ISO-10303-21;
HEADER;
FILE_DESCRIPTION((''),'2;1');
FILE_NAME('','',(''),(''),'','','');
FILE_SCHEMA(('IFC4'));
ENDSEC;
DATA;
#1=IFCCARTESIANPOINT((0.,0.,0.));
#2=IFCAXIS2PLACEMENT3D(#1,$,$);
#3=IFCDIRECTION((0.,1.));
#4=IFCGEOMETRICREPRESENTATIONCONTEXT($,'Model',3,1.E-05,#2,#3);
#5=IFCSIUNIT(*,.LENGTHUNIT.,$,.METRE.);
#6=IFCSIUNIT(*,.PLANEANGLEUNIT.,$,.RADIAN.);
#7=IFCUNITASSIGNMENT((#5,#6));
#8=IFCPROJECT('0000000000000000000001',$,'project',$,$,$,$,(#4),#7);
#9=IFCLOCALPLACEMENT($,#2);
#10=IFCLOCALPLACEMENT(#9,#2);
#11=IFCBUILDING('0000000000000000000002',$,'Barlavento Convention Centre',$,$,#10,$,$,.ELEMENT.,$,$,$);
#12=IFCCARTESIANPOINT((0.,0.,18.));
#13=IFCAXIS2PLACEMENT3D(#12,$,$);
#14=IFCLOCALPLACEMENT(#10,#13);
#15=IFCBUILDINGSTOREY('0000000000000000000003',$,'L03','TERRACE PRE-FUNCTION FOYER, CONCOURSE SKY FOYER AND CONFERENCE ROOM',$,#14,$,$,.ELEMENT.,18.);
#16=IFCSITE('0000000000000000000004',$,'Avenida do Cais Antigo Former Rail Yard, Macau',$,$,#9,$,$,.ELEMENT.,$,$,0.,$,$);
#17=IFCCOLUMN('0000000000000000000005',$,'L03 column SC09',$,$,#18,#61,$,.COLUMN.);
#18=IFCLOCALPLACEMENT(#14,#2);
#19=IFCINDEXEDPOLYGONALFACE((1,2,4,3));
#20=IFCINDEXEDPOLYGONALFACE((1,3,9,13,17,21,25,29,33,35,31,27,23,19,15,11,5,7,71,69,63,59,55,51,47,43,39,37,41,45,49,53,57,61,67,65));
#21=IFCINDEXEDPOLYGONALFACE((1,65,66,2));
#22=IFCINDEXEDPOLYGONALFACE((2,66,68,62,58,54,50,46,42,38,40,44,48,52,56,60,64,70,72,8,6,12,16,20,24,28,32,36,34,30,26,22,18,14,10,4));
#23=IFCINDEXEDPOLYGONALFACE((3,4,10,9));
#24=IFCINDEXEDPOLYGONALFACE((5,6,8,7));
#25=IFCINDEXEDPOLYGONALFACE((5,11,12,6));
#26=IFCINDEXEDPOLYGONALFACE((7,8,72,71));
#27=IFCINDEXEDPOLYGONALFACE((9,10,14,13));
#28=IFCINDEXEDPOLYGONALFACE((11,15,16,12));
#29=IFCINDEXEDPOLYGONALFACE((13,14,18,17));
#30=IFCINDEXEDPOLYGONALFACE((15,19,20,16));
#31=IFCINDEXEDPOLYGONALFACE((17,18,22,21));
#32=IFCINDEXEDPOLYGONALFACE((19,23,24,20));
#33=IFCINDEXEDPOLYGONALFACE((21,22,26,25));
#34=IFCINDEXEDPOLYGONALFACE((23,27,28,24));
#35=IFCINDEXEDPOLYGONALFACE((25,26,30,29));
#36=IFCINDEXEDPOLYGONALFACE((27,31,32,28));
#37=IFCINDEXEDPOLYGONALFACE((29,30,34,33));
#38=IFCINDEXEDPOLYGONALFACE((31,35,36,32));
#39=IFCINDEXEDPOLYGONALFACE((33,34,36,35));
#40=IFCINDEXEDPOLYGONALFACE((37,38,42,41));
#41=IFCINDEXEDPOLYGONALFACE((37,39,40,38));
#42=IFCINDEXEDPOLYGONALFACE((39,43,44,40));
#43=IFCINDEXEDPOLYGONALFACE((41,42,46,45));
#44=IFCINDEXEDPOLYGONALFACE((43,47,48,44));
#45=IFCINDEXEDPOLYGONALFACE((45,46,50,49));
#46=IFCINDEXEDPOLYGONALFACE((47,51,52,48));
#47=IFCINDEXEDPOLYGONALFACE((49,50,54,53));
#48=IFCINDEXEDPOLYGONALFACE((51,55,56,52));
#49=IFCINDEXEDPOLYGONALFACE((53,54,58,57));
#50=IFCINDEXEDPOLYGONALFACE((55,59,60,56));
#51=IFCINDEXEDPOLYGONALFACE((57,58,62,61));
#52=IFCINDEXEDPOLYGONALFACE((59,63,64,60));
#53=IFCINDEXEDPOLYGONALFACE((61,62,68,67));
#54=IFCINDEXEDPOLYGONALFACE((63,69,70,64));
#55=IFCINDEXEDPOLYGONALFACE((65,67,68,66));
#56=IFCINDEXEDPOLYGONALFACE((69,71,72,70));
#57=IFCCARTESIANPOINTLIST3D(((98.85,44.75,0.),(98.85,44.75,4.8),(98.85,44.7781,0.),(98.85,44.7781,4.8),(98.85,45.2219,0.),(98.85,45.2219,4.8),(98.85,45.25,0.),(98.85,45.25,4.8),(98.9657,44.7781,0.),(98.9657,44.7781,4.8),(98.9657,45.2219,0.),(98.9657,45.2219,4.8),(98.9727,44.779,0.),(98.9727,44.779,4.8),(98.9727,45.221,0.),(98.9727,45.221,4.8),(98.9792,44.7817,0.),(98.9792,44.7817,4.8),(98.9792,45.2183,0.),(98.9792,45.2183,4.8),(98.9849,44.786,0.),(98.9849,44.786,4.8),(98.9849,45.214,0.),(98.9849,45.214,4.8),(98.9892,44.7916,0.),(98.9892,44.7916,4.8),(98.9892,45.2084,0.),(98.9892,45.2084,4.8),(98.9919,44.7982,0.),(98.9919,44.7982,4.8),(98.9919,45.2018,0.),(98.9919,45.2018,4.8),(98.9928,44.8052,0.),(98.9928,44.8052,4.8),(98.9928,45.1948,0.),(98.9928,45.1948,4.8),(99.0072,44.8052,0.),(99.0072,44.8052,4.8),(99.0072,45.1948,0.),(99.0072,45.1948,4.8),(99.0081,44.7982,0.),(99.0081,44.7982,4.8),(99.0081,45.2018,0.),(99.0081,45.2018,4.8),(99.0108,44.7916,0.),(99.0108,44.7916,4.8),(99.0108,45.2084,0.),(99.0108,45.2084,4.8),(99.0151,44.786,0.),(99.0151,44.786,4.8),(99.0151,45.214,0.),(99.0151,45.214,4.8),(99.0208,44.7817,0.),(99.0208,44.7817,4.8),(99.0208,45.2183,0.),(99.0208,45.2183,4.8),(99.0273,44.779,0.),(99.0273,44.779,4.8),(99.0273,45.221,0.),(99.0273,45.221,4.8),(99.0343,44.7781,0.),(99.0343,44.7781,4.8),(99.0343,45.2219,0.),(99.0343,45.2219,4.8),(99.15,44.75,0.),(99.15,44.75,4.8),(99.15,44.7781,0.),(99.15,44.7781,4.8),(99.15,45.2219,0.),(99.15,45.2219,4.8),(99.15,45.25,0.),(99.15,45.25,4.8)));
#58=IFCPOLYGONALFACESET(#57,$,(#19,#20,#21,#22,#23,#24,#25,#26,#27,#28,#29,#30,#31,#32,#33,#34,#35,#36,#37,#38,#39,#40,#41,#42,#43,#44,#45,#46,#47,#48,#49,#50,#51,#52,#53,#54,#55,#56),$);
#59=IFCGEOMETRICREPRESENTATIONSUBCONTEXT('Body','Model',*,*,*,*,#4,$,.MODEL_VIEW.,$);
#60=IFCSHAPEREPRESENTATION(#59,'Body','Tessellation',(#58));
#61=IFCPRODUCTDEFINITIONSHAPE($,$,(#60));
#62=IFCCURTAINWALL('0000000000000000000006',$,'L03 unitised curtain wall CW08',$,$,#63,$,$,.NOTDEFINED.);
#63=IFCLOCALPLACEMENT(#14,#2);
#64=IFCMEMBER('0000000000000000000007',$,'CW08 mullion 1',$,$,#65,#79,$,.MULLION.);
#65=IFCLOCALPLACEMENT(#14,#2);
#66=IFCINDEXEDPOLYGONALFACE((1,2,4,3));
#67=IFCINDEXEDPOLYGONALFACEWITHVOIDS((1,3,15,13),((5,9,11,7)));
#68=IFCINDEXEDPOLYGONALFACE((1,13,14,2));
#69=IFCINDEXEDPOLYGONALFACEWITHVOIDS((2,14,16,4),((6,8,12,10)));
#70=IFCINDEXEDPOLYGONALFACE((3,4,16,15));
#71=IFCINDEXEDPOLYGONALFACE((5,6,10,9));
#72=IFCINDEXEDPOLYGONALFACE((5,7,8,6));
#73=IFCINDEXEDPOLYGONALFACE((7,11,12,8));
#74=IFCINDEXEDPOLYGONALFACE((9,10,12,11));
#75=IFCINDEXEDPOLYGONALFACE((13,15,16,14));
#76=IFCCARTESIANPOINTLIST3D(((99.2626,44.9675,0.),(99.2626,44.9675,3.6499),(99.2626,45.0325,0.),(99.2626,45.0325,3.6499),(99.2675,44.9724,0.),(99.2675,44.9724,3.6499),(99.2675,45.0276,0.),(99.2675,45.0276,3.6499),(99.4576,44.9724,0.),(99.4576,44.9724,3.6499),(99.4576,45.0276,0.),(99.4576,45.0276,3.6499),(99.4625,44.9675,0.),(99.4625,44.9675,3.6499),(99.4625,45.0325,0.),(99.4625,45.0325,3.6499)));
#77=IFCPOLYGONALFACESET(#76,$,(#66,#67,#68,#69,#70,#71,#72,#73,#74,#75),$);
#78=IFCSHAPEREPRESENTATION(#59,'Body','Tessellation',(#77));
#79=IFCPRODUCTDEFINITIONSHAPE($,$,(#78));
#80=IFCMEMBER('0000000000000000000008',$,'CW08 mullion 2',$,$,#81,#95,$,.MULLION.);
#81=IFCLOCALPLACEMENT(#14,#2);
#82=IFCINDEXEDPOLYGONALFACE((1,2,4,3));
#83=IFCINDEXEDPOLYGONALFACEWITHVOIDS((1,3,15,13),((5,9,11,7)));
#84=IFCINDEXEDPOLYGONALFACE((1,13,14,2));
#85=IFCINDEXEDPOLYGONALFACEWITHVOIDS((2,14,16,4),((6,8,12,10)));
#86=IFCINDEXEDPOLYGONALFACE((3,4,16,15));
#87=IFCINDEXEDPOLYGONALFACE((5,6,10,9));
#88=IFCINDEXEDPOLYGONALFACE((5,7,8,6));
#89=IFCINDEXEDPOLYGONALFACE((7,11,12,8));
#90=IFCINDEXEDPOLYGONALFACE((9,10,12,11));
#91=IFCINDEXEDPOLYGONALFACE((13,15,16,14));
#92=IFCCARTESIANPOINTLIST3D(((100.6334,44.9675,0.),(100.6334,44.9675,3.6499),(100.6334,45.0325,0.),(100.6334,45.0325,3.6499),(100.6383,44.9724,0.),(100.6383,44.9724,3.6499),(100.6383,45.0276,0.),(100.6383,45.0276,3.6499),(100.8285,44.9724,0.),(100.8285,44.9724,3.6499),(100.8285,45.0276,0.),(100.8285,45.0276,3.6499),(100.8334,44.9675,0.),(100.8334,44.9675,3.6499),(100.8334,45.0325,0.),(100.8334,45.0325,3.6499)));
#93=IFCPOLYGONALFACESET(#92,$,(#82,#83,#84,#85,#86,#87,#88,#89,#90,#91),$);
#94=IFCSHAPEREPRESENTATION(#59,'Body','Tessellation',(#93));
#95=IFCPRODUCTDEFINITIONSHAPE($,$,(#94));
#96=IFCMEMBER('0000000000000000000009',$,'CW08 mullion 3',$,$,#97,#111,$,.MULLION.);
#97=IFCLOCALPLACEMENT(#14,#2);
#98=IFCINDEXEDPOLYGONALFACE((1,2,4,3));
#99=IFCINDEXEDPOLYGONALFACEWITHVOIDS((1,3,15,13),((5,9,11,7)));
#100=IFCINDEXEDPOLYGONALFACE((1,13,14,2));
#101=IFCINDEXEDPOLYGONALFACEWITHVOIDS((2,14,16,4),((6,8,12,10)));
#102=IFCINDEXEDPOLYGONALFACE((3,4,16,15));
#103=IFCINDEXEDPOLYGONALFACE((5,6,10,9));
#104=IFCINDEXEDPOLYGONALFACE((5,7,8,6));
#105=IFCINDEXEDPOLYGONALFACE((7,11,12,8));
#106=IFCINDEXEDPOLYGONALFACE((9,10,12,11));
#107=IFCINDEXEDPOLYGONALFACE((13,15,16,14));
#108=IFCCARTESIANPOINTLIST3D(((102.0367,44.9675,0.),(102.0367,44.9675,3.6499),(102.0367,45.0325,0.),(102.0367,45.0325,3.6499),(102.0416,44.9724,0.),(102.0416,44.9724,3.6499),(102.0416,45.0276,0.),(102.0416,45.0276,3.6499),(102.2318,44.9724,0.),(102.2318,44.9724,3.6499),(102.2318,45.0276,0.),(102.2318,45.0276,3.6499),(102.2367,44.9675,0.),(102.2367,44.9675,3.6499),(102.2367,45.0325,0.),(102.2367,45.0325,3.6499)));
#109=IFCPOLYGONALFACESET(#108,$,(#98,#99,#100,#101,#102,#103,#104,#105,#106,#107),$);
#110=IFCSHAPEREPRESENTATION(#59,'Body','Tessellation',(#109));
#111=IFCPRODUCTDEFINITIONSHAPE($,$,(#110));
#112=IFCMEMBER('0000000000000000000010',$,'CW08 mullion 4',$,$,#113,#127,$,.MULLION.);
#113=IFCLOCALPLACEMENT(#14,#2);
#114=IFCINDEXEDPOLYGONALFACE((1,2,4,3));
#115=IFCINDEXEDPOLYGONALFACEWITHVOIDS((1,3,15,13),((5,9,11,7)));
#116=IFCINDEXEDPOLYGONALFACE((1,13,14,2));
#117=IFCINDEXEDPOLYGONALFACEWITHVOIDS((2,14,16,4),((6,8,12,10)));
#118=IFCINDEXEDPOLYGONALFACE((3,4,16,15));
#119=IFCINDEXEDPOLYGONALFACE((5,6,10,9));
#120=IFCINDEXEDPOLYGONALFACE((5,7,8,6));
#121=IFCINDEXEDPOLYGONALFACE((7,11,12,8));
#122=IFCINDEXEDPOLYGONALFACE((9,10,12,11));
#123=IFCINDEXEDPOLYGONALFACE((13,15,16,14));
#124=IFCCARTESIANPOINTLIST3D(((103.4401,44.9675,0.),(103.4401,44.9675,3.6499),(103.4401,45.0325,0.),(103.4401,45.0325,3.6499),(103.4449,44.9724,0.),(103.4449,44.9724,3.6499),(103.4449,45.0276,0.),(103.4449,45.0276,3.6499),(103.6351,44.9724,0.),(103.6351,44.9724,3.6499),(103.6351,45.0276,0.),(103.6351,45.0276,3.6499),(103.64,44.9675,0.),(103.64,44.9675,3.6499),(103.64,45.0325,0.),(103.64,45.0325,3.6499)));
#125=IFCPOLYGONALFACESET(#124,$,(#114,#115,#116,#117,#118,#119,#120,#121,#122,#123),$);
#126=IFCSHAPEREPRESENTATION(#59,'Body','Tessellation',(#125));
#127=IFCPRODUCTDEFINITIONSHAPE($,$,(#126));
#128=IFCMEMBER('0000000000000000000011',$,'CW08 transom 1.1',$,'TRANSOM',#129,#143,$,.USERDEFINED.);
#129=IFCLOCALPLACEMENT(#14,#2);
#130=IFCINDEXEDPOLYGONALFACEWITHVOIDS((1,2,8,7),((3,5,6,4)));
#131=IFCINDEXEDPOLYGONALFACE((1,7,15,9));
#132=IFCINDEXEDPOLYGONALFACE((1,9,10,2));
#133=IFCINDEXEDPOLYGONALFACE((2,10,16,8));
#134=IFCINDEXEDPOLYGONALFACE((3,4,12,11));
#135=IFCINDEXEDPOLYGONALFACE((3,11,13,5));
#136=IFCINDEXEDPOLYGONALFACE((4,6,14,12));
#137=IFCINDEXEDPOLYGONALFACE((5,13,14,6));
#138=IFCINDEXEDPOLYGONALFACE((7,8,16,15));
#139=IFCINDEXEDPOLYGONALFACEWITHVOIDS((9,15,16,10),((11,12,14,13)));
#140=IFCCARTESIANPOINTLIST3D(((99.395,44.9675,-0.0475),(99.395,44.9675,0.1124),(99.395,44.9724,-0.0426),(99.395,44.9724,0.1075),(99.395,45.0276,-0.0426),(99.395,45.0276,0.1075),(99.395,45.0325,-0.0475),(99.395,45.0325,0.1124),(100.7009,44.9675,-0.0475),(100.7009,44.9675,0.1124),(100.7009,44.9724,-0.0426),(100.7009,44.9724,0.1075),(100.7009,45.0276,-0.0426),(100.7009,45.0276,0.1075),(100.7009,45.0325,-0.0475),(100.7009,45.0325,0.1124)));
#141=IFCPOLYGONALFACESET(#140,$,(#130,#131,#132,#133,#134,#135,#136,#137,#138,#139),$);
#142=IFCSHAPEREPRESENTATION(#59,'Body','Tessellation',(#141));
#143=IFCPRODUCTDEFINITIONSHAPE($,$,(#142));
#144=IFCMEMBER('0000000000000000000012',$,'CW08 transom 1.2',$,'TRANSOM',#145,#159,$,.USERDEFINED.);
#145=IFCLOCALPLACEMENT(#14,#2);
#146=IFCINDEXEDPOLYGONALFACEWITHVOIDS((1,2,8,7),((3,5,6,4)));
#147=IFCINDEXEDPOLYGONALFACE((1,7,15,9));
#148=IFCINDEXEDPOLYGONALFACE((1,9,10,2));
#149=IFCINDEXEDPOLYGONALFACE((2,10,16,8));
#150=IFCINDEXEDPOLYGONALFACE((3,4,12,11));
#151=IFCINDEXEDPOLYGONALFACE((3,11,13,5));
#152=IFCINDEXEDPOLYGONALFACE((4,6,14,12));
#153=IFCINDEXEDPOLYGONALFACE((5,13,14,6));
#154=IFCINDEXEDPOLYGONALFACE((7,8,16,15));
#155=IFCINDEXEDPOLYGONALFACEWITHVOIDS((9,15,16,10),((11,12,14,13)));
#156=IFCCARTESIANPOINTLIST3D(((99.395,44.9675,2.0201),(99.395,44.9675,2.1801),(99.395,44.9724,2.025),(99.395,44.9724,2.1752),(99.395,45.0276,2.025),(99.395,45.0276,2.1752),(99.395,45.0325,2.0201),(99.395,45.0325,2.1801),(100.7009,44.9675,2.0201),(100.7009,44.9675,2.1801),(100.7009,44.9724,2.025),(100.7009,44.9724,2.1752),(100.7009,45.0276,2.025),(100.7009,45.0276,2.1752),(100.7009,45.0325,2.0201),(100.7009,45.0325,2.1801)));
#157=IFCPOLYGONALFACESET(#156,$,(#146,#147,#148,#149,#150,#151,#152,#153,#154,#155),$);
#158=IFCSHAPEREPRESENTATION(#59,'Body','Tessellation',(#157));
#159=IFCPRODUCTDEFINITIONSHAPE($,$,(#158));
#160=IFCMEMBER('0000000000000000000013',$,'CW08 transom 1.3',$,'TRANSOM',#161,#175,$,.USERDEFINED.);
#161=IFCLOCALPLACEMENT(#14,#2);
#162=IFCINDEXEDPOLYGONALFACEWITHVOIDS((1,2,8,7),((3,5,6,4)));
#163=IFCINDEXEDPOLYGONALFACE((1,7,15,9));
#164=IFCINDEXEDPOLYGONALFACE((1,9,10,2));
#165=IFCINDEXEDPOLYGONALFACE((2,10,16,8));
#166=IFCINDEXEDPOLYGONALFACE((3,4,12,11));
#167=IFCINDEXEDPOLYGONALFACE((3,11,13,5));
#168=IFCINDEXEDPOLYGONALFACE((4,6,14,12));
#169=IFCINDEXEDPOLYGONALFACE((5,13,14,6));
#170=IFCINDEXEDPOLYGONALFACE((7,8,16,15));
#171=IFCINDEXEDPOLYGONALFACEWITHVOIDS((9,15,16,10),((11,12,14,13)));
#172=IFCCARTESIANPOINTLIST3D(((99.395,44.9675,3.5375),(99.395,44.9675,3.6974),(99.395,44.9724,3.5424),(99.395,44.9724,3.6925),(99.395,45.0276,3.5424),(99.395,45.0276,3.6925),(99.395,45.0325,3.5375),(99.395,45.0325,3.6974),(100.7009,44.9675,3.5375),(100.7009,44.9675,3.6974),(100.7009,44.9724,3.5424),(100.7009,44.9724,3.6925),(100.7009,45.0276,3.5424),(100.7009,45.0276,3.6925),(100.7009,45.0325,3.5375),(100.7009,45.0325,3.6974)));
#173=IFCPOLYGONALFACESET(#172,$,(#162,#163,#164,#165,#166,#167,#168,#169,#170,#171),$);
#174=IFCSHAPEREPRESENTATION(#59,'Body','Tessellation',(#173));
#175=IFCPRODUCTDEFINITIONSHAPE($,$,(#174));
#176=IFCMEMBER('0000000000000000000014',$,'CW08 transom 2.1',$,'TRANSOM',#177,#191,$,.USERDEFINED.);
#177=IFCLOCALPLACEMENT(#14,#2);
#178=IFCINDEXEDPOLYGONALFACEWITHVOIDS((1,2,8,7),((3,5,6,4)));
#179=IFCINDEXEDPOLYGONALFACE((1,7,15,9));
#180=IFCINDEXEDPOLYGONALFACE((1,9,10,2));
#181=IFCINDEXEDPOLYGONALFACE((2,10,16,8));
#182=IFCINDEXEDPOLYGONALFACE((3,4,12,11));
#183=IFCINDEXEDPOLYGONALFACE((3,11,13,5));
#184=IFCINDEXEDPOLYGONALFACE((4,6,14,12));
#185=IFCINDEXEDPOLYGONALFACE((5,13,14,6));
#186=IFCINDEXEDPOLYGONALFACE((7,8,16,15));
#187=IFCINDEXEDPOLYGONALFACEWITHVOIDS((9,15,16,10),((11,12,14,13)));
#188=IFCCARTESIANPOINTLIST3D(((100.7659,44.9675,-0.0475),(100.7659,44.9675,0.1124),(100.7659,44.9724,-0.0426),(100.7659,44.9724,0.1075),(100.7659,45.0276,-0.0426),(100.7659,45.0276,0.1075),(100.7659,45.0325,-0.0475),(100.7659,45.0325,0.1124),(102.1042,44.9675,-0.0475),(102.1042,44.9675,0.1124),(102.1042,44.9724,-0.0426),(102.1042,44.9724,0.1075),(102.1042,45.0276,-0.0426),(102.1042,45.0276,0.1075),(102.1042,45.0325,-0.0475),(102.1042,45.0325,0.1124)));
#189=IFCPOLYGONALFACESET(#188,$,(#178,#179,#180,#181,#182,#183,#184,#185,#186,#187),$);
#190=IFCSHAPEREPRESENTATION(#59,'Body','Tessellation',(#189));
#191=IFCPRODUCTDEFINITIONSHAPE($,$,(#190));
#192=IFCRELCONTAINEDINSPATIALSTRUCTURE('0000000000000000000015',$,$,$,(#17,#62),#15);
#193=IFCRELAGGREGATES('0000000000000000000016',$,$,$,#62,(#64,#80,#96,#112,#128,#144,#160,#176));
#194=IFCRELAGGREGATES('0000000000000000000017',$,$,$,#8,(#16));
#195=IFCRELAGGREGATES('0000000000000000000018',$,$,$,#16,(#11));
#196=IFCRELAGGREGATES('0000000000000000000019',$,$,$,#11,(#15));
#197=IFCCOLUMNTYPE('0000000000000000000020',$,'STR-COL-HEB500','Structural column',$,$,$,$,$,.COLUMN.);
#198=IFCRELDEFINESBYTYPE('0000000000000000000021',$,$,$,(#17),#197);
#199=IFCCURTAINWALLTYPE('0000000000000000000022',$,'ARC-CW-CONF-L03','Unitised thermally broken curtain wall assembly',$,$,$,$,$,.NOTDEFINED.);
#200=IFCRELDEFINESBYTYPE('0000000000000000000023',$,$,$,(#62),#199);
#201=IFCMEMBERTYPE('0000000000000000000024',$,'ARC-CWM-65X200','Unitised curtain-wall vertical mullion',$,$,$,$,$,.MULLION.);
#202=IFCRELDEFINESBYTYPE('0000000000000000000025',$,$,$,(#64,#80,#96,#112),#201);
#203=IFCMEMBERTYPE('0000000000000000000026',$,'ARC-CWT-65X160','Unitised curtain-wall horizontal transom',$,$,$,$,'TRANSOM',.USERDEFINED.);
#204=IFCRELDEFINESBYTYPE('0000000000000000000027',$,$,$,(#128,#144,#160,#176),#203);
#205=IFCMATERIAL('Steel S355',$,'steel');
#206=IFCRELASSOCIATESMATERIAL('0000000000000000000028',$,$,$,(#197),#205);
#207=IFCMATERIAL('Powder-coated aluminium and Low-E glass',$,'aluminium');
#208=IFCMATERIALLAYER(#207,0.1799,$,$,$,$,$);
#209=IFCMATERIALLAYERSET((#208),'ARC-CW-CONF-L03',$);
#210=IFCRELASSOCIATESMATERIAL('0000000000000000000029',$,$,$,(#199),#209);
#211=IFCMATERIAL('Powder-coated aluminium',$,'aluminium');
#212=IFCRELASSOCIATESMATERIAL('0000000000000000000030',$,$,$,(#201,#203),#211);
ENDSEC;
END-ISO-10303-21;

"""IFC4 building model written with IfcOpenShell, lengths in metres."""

from ifc_helpers import new_model, si_unit, direction, frame, origin, origin_2d, place, context, subcontext, project, spatial, hollow_rectangle, i_section, extrude, material, layer, layer_set, material_profile, profile_set, type_object, element, aggregate, save


model = new_model("IFC4")

# Units and contexts
model_context = context("Model", 3, precision=1e-05, world=origin(), true_north=direction((0.0, 1.0)))
body_context = subcontext(model_context, "Body", "Model", "MODEL_VIEW")
ifc_project = project(units=[si_unit("LENGTHUNIT", "METRE"), si_unit("PLANEANGLEUNIT", "RADIAN")], contexts=[model_context])

# Site, building, storey
site_placement = place(None, origin())
site = spatial("IfcSite", under=ifc_project, at=site_placement, Name="Avenida do Cais Antigo Former Rail Yard, Macau", CompositionType="ELEMENT", RefElevation=0.0)
building_placement = place(site_placement, origin())
building = spatial("IfcBuilding", under=site, at=building_placement, Name="Barlavento Convention Centre", CompositionType="ELEMENT")
storey_placement = place(building_placement, frame((0.0, 0.0, 18.0)))
storey = spatial("IfcBuildingStorey", under=building, at=storey_placement, Name="L03", Description="TERRACE PRE-FUNCTION FOYER, CONCOURSE SKY FOYER AND CONFERENCE ROOM", CompositionType="ELEMENT", Elevation=18.0)

# Column
ifc_material_1 = material(Name="Steel S355", Category="steel")
ifc_material_profile_1 = material_profile(ifc_material_1, i_section(OverallWidth=0.3, OverallDepth=0.5, WebThickness=0.0144, FlangeThickness=0.0281, FilletRadius=0.0271, at=origin_2d()), Name="HEB 500")
ifc_profile_set_1 = profile_set([ifc_material_profile_1], Name="Steel S355")
column_type = type_object("IfcColumnType", Name="STR-COL-HEB500", Description="Structural column", PredefinedType="COLUMN", material=ifc_profile_set_1)
column_placement = place(storey_placement, frame((99.0, 45.0, 0.0), z_axis=(0.0, 0.0, 1.0), x_axis=(1.0, 0.0, 0.0)))
element("IfcColumn", 1, at=column_placement, inside=storey, type_object=column_type, Name="L03 column SC09", PredefinedType="COLUMN", context=body_context, shape_type="SweptSolid", body=[
    extrude(i_section(OverallWidth=0.3, OverallDepth=0.5, WebThickness=0.0144, FlangeThickness=0.0281, FilletRadius=0.0271, at=origin_2d()), origin(), (0.0, 0.0, 1.0), 4.8),
])

# Curtain wall, members
ifc_material_2 = material(Name="Powder-coated aluminium and Low-E glass", Category="aluminium")
ifc_layer_1 = layer(ifc_material_2, 0.1799)
ifc_layer_set_1 = layer_set([ifc_layer_1], Name="ARC-CW-CONF-L03")
curtain_wall_type = type_object("IfcCurtainWallType", Name="ARC-CW-CONF-L03", Description="Unitised thermally broken curtain wall assembly", PredefinedType="NOTDEFINED", material=ifc_layer_set_1)
curtain_wall_placement = place(storey_placement, origin())
curtain_wall = element("IfcCurtainWall", 2, at=curtain_wall_placement, inside=storey, type_object=curtain_wall_type, Name="L03 unitised curtain wall CW08", PredefinedType="NOTDEFINED")
ifc_material_3 = material(Name="Powder-coated aluminium", Category="aluminium")
ifc_material_profile_2 = material_profile(ifc_material_3, hollow_rectangle(XDim=0.0649, YDim=0.2, WallThickness=0.0049, at=origin_2d()), Name="AL-MULL 65x200x5")
ifc_profile_set_2 = profile_set([ifc_material_profile_2], Name="Powder-coated aluminium")
member_type_1 = type_object("IfcMemberType", Name="ARC-CWM-65X200", Description="Unitised curtain-wall vertical mullion", PredefinedType="MULLION", material=ifc_profile_set_2)
member_1_placement = place(storey_placement, frame((99.3625, 45.0, 0.0), z_axis=(0.0, 0.0, 1.0), x_axis=(0.0, 1.0, 0.0)))
member_1 = element("IfcMember", 3, at=member_1_placement, type_object=member_type_1, Name="CW08 mullion 1", PredefinedType="MULLION", context=body_context, shape_type="SweptSolid", body=[
    extrude(hollow_rectangle(XDim=0.0649, YDim=0.2, WallThickness=0.0049, at=origin_2d()), origin(), (0.0, 0.0, 1.0), 3.6499),
])
member_2_placement = place(storey_placement, frame((100.7334, 45.0, 0.0), z_axis=(0.0, 0.0, 1.0), x_axis=(0.0, 1.0, 0.0)))
member_2 = element("IfcMember", 4, at=member_2_placement, type_object=member_type_1, Name="CW08 mullion 2", PredefinedType="MULLION", context=body_context, shape_type="SweptSolid", body=[
    extrude(hollow_rectangle(XDim=0.0649, YDim=0.2, WallThickness=0.0049, at=origin_2d()), origin(), (0.0, 0.0, 1.0), 3.6499),
])
member_3_placement = place(storey_placement, frame((102.1367, 45.0, 0.0), z_axis=(0.0, 0.0, 1.0), x_axis=(0.0, 1.0, 0.0)))
member_3 = element("IfcMember", 5, at=member_3_placement, type_object=member_type_1, Name="CW08 mullion 3", PredefinedType="MULLION", context=body_context, shape_type="SweptSolid", body=[
    extrude(hollow_rectangle(XDim=0.0649, YDim=0.2, WallThickness=0.0049, at=origin_2d()), origin(), (0.0, 0.0, 1.0), 3.6499),
])
member_4_placement = place(storey_placement, frame((103.54, 45.0, 0.0), z_axis=(0.0, 0.0, 1.0), x_axis=(0.0, 1.0, 0.0)))
member_4 = element("IfcMember", 6, at=member_4_placement, type_object=member_type_1, Name="CW08 mullion 4", PredefinedType="MULLION", context=body_context, shape_type="SweptSolid", body=[
    extrude(hollow_rectangle(XDim=0.0649, YDim=0.2, WallThickness=0.0049, at=origin_2d()), origin(), (0.0, 0.0, 1.0), 3.6499),
])
ifc_material_profile_3 = material_profile(ifc_material_3, hollow_rectangle(XDim=0.0649, YDim=0.1599, WallThickness=0.0049, at=origin_2d()), Name="AL-TRAN 65x160x5")
ifc_profile_set_3 = profile_set([ifc_material_profile_3], Name="Powder-coated aluminium")
member_type_2 = type_object("IfcMemberType", Name="ARC-CWT-65X160", Description="Unitised curtain-wall horizontal transom", ElementType="TRANSOM", PredefinedType="USERDEFINED", material=ifc_profile_set_3)
member_5_placement = place(storey_placement, frame((99.395, 45.0, 0.0325), z_axis=(1.0, 0.0, 0.0), x_axis=(0.0, 1.0, 0.0)))
member_5 = element("IfcMember", 7, at=member_5_placement, type_object=member_type_2, Name="CW08 transom 1.1", ObjectType="TRANSOM", PredefinedType="USERDEFINED", context=body_context, shape_type="SweptSolid", body=[
    extrude(hollow_rectangle(XDim=0.0649, YDim=0.1599, WallThickness=0.0049, at=origin_2d()), origin(), (0.0, 0.0, 1.0), 1.3059),
])
member_6_placement = place(storey_placement, frame((99.395, 45.0, 2.1001), z_axis=(1.0, 0.0, 0.0), x_axis=(0.0, 1.0, 0.0)))
member_6 = element("IfcMember", 8, at=member_6_placement, type_object=member_type_2, Name="CW08 transom 1.2", ObjectType="TRANSOM", PredefinedType="USERDEFINED", context=body_context, shape_type="SweptSolid", body=[
    extrude(hollow_rectangle(XDim=0.0649, YDim=0.1599, WallThickness=0.0049, at=origin_2d()), origin(), (0.0, 0.0, 1.0), 1.3059),
])
member_7_placement = place(storey_placement, frame((99.395, 45.0, 3.6174), z_axis=(1.0, 0.0, 0.0), x_axis=(0.0, 1.0, 0.0)))
member_7 = element("IfcMember", 9, at=member_7_placement, type_object=member_type_2, Name="CW08 transom 1.3", ObjectType="TRANSOM", PredefinedType="USERDEFINED", context=body_context, shape_type="SweptSolid", body=[
    extrude(hollow_rectangle(XDim=0.0649, YDim=0.1599, WallThickness=0.0049, at=origin_2d()), origin(), (0.0, 0.0, 1.0), 1.3059),
])
member_8_placement = place(storey_placement, frame((100.7659, 45.0, 0.0325), z_axis=(1.0, 0.0, 0.0), x_axis=(0.0, 1.0, 0.0)))
member_8 = element("IfcMember", 10, at=member_8_placement, type_object=member_type_2, Name="CW08 transom 2.1", ObjectType="TRANSOM", PredefinedType="USERDEFINED", context=body_context, shape_type="SweptSolid", body=[
    extrude(hollow_rectangle(XDim=0.0649, YDim=0.1599, WallThickness=0.0049, at=origin_2d()), origin(), (0.0, 0.0, 1.0), 1.3384),
])

aggregate(curtain_wall, [member_1, member_2, member_3, member_4, member_5, member_6, member_7, member_8])

save(model, "model.ifc")
